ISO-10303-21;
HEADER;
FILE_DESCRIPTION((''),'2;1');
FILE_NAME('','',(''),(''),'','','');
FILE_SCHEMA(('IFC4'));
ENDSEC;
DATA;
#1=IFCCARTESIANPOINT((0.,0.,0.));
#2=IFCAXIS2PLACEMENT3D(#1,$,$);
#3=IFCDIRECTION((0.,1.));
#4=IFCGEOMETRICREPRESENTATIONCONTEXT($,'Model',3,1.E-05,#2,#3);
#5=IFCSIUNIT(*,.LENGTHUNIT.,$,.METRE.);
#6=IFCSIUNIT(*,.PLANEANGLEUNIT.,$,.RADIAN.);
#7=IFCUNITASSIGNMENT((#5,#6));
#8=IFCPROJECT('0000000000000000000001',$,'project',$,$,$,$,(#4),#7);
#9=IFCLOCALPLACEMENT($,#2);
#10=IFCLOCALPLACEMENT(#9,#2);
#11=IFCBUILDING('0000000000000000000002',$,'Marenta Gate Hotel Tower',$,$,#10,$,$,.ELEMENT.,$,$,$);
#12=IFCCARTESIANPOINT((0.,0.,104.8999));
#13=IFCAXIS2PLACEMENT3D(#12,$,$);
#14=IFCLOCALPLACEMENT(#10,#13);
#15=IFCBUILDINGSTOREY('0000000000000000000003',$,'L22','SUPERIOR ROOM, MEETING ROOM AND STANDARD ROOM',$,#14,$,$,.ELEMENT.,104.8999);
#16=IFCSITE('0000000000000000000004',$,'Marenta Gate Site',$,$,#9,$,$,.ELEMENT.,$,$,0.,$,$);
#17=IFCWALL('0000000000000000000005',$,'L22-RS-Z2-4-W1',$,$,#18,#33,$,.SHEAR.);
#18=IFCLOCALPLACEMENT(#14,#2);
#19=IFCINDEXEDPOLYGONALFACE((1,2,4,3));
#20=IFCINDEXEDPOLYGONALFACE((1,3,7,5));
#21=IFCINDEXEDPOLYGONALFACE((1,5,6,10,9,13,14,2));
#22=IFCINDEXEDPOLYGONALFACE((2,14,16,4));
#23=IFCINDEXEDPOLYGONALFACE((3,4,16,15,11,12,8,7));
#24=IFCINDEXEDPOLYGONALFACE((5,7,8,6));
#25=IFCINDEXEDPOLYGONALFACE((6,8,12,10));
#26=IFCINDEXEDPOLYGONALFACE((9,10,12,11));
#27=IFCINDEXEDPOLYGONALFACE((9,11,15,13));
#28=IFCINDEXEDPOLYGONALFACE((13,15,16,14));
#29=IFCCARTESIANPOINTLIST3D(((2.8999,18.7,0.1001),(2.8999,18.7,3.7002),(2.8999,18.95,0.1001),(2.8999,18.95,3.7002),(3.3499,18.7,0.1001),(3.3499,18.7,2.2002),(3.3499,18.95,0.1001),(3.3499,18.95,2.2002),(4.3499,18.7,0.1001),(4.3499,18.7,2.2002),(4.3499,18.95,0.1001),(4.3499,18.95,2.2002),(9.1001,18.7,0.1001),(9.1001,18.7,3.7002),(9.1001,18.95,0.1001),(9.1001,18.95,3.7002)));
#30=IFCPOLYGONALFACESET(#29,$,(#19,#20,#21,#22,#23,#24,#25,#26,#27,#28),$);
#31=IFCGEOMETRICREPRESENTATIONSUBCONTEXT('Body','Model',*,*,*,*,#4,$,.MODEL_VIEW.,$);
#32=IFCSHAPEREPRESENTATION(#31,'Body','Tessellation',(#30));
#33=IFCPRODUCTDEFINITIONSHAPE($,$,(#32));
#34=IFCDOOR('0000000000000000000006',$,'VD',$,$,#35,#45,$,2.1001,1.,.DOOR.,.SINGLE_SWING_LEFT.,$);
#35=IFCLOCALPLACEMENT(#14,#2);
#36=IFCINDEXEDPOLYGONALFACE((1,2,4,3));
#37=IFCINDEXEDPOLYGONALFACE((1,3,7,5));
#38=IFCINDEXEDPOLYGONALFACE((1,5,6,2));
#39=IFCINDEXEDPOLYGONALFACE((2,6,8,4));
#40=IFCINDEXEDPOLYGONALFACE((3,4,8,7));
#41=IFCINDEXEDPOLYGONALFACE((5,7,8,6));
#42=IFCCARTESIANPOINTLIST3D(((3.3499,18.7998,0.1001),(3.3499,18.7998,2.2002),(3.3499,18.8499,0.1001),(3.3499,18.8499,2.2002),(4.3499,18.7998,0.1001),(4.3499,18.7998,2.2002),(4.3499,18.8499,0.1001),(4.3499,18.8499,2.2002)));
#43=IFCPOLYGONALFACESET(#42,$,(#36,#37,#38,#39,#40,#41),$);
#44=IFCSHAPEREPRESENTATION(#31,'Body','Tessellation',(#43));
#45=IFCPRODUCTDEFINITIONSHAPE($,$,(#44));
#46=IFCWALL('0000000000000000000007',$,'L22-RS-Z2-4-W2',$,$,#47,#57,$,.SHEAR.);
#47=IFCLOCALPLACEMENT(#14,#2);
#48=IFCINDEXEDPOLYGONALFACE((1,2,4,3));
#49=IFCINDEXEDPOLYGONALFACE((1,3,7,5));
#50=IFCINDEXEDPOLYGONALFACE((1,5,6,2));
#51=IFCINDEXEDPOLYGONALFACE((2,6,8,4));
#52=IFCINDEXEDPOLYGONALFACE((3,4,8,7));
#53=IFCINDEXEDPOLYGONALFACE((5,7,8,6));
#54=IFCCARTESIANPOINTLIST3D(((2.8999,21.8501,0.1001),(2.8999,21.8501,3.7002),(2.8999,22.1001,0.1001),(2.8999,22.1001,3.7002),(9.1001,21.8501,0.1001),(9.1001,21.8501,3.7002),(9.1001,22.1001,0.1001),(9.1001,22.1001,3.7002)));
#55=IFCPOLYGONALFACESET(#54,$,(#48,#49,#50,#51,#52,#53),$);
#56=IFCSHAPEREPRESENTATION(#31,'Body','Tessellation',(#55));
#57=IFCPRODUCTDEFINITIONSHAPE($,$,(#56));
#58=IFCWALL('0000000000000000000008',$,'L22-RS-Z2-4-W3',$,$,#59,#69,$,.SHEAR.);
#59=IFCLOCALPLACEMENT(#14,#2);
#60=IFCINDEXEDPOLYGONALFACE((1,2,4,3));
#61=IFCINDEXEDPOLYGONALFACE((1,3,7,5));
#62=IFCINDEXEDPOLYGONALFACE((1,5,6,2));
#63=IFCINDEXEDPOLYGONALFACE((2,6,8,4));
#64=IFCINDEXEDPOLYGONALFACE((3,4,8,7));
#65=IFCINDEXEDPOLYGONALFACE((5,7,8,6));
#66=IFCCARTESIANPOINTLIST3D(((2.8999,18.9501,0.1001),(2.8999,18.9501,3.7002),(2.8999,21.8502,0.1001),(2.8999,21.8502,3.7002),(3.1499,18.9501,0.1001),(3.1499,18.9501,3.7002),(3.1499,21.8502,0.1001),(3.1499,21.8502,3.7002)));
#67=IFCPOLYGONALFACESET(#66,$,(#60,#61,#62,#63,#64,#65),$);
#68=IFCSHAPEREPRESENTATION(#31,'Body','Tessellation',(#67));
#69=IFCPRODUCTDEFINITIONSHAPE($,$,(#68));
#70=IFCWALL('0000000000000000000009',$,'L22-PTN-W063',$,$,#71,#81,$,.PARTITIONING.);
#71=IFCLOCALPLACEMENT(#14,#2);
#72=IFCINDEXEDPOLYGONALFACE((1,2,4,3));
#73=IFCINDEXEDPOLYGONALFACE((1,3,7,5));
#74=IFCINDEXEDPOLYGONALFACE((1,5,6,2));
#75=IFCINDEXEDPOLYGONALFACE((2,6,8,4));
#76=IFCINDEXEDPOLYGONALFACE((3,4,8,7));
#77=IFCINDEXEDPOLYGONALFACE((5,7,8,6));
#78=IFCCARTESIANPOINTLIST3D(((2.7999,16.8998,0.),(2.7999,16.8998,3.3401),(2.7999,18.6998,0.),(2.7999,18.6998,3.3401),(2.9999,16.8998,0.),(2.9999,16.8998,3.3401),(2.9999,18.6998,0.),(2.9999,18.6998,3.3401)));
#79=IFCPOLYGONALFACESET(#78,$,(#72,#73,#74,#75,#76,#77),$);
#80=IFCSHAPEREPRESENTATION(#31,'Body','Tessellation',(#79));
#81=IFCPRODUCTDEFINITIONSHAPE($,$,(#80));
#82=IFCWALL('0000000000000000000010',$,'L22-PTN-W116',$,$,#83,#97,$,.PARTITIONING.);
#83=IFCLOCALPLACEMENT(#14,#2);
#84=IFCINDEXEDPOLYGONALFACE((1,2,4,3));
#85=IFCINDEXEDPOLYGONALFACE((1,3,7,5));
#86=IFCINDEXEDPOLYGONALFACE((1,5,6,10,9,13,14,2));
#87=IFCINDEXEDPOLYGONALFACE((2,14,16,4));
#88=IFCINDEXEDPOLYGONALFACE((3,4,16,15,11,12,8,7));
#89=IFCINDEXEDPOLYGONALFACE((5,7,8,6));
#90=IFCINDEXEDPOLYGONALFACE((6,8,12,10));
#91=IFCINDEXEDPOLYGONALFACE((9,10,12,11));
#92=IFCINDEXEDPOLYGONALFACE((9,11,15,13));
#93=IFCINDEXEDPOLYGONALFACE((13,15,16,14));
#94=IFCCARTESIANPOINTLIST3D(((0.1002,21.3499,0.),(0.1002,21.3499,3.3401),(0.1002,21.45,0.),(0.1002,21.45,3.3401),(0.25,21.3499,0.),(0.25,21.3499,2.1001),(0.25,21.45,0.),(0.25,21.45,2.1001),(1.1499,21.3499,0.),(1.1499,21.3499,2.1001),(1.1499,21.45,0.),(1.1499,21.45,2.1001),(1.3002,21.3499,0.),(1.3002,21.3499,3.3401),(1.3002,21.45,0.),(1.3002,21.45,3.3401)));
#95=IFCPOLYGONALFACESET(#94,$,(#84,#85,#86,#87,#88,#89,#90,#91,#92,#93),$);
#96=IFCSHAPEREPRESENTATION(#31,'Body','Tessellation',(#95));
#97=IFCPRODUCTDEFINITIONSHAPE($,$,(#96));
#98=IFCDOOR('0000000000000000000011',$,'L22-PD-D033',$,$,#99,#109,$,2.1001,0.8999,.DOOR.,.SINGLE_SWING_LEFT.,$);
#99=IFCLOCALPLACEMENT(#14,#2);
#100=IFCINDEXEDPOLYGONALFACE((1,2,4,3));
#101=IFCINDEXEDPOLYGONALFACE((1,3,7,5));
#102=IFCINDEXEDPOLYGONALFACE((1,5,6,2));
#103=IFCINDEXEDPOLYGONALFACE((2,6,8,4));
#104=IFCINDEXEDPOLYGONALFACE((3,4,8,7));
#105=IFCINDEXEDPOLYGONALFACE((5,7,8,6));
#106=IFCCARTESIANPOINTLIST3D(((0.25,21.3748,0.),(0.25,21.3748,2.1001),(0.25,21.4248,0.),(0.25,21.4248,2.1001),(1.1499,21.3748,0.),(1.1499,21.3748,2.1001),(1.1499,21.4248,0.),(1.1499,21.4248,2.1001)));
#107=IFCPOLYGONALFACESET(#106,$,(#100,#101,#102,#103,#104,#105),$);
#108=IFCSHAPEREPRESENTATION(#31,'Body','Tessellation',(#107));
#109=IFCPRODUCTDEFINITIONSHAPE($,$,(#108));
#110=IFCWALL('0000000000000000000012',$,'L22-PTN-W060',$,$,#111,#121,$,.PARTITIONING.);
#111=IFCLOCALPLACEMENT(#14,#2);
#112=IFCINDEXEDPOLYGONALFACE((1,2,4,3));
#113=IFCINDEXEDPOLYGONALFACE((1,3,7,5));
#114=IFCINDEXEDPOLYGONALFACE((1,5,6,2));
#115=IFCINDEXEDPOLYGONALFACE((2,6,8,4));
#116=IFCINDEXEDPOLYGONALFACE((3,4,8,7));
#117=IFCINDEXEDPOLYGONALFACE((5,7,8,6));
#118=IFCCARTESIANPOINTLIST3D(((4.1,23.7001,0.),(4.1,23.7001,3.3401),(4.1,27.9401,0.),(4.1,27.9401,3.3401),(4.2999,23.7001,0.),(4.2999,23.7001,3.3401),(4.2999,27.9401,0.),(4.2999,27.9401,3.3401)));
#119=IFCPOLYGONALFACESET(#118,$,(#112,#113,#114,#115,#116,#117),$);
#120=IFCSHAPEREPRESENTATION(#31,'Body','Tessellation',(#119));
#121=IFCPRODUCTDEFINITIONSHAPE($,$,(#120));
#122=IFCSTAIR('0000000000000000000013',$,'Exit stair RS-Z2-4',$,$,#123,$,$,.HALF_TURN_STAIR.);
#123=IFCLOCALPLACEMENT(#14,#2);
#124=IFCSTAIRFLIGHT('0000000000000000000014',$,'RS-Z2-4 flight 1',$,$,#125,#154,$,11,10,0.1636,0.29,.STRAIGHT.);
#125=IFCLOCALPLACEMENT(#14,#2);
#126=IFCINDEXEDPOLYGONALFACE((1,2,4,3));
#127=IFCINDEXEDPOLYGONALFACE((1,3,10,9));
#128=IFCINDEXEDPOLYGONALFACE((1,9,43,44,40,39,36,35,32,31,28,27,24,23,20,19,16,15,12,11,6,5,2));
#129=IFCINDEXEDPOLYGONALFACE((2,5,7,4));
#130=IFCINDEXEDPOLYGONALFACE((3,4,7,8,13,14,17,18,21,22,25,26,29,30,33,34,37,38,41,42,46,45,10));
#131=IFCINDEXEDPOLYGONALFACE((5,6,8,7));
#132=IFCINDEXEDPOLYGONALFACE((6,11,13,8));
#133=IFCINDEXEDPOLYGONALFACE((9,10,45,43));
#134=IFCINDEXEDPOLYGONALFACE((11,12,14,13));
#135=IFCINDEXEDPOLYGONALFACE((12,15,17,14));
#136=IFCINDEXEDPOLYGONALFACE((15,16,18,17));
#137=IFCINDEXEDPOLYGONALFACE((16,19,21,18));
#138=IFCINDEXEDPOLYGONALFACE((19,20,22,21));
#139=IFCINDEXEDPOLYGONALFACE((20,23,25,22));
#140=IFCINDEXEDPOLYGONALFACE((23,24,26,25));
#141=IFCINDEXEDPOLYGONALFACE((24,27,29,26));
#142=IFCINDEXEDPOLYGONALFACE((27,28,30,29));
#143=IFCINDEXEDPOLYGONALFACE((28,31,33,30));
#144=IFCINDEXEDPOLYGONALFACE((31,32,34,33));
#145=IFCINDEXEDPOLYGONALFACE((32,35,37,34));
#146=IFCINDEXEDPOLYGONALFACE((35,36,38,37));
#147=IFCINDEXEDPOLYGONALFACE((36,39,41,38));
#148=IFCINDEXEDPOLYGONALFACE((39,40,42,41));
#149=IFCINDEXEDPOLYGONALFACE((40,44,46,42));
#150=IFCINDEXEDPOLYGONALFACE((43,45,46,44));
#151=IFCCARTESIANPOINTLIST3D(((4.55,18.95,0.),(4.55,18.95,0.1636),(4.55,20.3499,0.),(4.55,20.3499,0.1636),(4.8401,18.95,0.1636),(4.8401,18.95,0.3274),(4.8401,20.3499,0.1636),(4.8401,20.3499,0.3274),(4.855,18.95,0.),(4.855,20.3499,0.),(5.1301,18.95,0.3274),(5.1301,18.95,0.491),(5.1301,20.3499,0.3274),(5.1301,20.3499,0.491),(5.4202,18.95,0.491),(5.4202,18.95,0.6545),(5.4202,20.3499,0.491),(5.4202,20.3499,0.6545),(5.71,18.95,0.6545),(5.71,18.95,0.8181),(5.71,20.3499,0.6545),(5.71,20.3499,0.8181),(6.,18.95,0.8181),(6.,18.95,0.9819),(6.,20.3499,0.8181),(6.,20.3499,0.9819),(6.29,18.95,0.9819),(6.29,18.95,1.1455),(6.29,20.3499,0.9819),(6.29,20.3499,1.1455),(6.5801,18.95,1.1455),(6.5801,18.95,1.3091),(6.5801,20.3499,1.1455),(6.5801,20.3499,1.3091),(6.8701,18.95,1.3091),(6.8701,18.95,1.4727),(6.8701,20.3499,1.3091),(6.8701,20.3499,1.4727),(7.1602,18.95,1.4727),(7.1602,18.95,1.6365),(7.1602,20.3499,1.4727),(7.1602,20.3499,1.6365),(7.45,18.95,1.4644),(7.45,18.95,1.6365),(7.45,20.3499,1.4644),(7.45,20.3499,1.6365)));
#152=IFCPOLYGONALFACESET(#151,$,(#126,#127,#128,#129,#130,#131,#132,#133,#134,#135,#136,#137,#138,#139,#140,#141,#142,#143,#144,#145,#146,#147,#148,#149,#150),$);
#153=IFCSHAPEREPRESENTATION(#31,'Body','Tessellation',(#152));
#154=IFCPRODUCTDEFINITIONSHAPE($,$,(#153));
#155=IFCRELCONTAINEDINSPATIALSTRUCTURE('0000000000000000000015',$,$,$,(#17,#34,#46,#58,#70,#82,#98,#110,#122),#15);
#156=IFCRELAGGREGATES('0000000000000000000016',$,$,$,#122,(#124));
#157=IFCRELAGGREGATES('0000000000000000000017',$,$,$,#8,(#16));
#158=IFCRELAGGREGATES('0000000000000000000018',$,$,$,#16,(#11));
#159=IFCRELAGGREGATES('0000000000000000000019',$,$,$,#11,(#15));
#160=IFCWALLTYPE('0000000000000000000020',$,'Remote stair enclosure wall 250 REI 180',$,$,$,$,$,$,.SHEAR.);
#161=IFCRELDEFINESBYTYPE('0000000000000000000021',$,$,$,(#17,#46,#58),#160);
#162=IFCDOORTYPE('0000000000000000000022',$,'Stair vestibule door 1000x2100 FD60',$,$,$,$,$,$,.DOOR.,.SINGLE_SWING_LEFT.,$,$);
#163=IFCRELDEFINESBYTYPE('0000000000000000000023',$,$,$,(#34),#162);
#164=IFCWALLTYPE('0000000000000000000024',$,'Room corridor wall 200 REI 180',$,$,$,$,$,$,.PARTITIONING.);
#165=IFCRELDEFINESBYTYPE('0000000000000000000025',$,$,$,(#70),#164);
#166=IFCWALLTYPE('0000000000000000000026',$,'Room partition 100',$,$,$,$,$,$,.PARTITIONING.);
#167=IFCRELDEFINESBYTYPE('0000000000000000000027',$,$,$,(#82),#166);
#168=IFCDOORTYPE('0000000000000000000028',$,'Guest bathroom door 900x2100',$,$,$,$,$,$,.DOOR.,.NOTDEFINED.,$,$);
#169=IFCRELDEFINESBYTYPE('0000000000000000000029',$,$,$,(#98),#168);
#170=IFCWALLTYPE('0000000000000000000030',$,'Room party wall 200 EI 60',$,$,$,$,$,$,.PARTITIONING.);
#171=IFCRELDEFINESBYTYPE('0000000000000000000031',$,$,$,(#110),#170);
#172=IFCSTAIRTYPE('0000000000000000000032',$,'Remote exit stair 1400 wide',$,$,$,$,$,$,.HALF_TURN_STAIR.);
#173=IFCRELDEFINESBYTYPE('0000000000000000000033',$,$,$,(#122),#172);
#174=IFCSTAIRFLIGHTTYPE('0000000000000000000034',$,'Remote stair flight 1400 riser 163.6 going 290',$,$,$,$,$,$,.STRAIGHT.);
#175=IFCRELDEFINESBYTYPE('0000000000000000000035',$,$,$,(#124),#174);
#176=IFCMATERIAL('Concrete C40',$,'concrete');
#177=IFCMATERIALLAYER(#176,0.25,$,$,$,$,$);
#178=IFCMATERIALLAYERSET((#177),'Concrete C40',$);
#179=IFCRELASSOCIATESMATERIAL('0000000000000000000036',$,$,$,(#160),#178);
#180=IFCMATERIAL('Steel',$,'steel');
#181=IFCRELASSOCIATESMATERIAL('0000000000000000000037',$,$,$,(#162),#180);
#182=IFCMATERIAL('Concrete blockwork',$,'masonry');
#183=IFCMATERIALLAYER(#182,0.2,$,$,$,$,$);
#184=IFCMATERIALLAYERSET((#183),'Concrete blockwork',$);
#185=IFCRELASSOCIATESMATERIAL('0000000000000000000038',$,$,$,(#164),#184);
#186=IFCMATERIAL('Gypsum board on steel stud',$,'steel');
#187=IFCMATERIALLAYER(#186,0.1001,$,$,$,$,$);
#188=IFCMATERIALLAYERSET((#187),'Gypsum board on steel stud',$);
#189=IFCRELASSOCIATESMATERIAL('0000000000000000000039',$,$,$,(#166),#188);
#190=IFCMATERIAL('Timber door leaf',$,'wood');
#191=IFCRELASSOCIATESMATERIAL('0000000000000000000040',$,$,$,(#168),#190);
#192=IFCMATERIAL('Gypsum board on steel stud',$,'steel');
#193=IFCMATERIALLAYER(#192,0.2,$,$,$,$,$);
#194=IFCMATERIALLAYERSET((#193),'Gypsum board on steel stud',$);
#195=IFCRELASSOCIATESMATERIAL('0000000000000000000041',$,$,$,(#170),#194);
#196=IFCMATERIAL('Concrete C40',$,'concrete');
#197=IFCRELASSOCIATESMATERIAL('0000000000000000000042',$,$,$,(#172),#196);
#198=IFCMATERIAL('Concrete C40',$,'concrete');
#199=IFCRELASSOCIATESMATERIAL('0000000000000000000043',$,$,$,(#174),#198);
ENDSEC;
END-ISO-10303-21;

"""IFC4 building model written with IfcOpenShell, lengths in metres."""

from ifc_helpers import new_model, si_unit, direction, frame, frame_2d, origin, place, context, subcontext, project, spatial, polyline, rectangle, outline, extrude, material, layer, layer_set, type_object, element, fill, aggregate, save


model = new_model("IFC4")

# Units and contexts
model_context = context("Model", 3, precision=1e-05, world=origin(), true_north=direction((0.0, 1.0)))
body_context = subcontext(model_context, "Body", "Model", "MODEL_VIEW")
ifc_project = project(units=[si_unit("LENGTHUNIT", "METRE"), si_unit("PLANEANGLEUNIT", "RADIAN")], contexts=[model_context])

# Site, building, storey
site_placement = place(None, origin())
site = spatial("IfcSite", under=ifc_project, at=site_placement, Name="Marenta Gate Site", CompositionType="ELEMENT", RefElevation=0.0)
building_placement = place(site_placement, origin())
building = spatial("IfcBuilding", under=site, at=building_placement, Name="Marenta Gate Hotel Tower", CompositionType="ELEMENT")
storey_placement = place(building_placement, frame((0.0, 0.0, 104.8999)))
storey = spatial("IfcBuildingStorey", under=building, at=storey_placement, Name="L22", Description="SUPERIOR ROOM, MEETING ROOM AND STANDARD ROOM", CompositionType="ELEMENT", Elevation=104.8999)

# Wall, opening, door
ifc_material_1 = material(Name="Concrete C40", Category="concrete")
ifc_layer_1 = layer(ifc_material_1, 0.25)
ifc_layer_set_1 = layer_set([ifc_layer_1], Name="Concrete C40")
wall_type_1 = type_object("IfcWallType", Name="Remote stair enclosure wall 250 REI 180", PredefinedType="SHEAR", material=ifc_layer_set_1)
wall_1_placement = place(storey_placement, frame((2.8999, 18.825, 0.1001), z_axis=(0.0, 0.0, 1.0), x_axis=(1.0, 0.0, 0.0)))
wall_1 = element("IfcWall", 1, at=wall_1_placement, inside=storey, type_object=wall_type_1, Name="L22-RS-Z2-4-W1", PredefinedType="SHEAR", context=body_context, shape_type="SweptSolid", body=[
    extrude(rectangle(XDim=6.2002, YDim=0.25, at=frame_2d((3.1001, 0.0))), origin(), (0.0, 0.0, 1.0), 3.6001),
])
opening_1_placement = place(wall_1_placement, frame((0.45, 0.0, 0.0)))
opening_1 = element("IfcOpeningElement", 2, at=opening_1_placement, cuts=wall_1, PredefinedType="OPENING", context=body_context, shape_type="SweptSolid", body=[
    extrude(rectangle(XDim=1.0, YDim=2.1001, at=frame_2d((0.5, 1.05))), frame((0.0, 0.125, 0.0), z_axis=(0.0, -1.0, 0.0), x_axis=(1.0, 0.0, 0.0)), (0.0, 0.0, 1.0), 0.25),
])
ifc_material_2 = material(Name="Steel", Category="steel")
door_type_1 = type_object("IfcDoorType", Name="Stair vestibule door 1000x2100 FD60", OperationType="SINGLE_SWING_LEFT", PredefinedType="DOOR", material=ifc_material_2)
door_1_placement = place(opening_1_placement, origin())
door_1 = element("IfcDoor", 3, at=door_1_placement, inside=storey, type_object=door_type_1, Name="VD", OperationType="SINGLE_SWING_LEFT", OverallHeight=2.1001, OverallWidth=1.0, PredefinedType="DOOR", context=body_context, shape_type="SweptSolid", body=[
    extrude(rectangle(XDim=1.0, YDim=2.1001, at=frame_2d((0.5, 1.05))), frame((0.0, 0.0249, 0.0), z_axis=(0.0, -1.0, 0.0), x_axis=(1.0, 0.0, 0.0)), (0.0, 0.0, 1.0), 0.05),
])
fill(opening_1, door_1)

# Walls
wall_2_placement = place(storey_placement, frame((2.8999, 21.9751, 0.1001), z_axis=(0.0, 0.0, 1.0), x_axis=(1.0, 0.0, 0.0)))
element("IfcWall", 4, at=wall_2_placement, inside=storey, type_object=wall_type_1, Name="L22-RS-Z2-4-W2", PredefinedType="SHEAR", context=body_context, shape_type="SweptSolid", body=[
    extrude(rectangle(XDim=6.2002, YDim=0.25, at=frame_2d((3.1001, 0.0))), origin(), (0.0, 0.0, 1.0), 3.6001),
])
wall_3_placement = place(storey_placement, frame((3.0249, 18.95, 0.1001), z_axis=(0.0, 0.0, 1.0), x_axis=(0.0, 1.0, 0.0)))
element("IfcWall", 5, at=wall_3_placement, inside=storey, type_object=wall_type_1, Name="L22-RS-Z2-4-W3", PredefinedType="SHEAR", context=body_context, shape_type="SweptSolid", body=[
    extrude(rectangle(XDim=2.9001, YDim=0.25, at=frame_2d((1.4502, 0.0))), origin(), (0.0, 0.0, 1.0), 3.6001),
])

# Wall
ifc_material_3 = material(Name="Concrete blockwork", Category="masonry")
ifc_layer_2 = layer(ifc_material_3, 0.2)
ifc_layer_set_2 = layer_set([ifc_layer_2], Name="Concrete blockwork")
wall_type_2 = type_object("IfcWallType", Name="Room corridor wall 200 REI 180", PredefinedType="PARTITIONING", material=ifc_layer_set_2)
wall_4_placement = place(storey_placement, frame((2.8999, 16.8999, 0.0), z_axis=(0.0, 0.0, 1.0), x_axis=(0.0, 1.0, 0.0)))
element("IfcWall", 6, at=wall_4_placement, inside=storey, type_object=wall_type_2, Name="L22-PTN-W063", PredefinedType="PARTITIONING", context=body_context, shape_type="SweptSolid", body=[
    extrude(rectangle(XDim=1.8, YDim=0.2, at=frame_2d((0.8999, 0.0))), origin(), (0.0, 0.0, 1.0), 3.3401),
])

# Wall, opening, door
ifc_material_4 = material(Name="Gypsum board on steel stud", Category="steel")
ifc_layer_3 = layer(ifc_material_4, 0.1001)
ifc_layer_set_3 = layer_set([ifc_layer_3], Name="Gypsum board on steel stud")
wall_type_3 = type_object("IfcWallType", Name="Room partition 100", PredefinedType="PARTITIONING", material=ifc_layer_set_3)
wall_5_placement = place(storey_placement, frame((0.1001, 21.3999, 0.0), z_axis=(0.0, 0.0, 1.0), x_axis=(1.0, 0.0, 0.0)))
wall_5 = element("IfcWall", 7, at=wall_5_placement, inside=storey, type_object=wall_type_3, Name="L22-PTN-W116", PredefinedType="PARTITIONING", context=body_context, shape_type="SweptSolid", body=[
    extrude(rectangle(XDim=1.2, YDim=0.1001, at=frame_2d((0.6001, 0.0))), origin(), (0.0, 0.0, 1.0), 3.3401),
])
opening_2_placement = place(wall_5_placement, frame((0.1499, 0.0, 0.0)))
opening_2 = element("IfcOpeningElement", 8, at=opening_2_placement, cuts=wall_5, PredefinedType="OPENING", context=body_context, shape_type="SweptSolid", body=[
    extrude(rectangle(XDim=0.8999, YDim=2.1001, at=frame_2d((0.45, 1.05))), frame((0.0, 0.05, 0.0), z_axis=(0.0, -1.0, 0.0), x_axis=(1.0, 0.0, 0.0)), (0.0, 0.0, 1.0), 0.1001),
])
ifc_material_5 = material(Name="Timber door leaf", Category="wood")
door_type_2 = type_object("IfcDoorType", Name="Guest bathroom door 900x2100", OperationType="NOTDEFINED", PredefinedType="DOOR", material=ifc_material_5)
door_2_placement = place(opening_2_placement, origin())
door_2 = element("IfcDoor", 9, at=door_2_placement, inside=storey, type_object=door_type_2, Name="L22-PD-D033", OperationType="SINGLE_SWING_LEFT", OverallHeight=2.1001, OverallWidth=0.8999, PredefinedType="DOOR", context=body_context, shape_type="SweptSolid", body=[
    extrude(rectangle(XDim=0.8999, YDim=2.1001, at=frame_2d((0.45, 1.05))), frame((0.0, 0.0249, 0.0), z_axis=(0.0, -1.0, 0.0), x_axis=(1.0, 0.0, 0.0)), (0.0, 0.0, 1.0), 0.05),
])
fill(opening_2, door_2)

# Wall
ifc_material_6 = material(Name="Gypsum board on steel stud", Category="steel")
ifc_layer_4 = layer(ifc_material_6, 0.2)
ifc_layer_set_4 = layer_set([ifc_layer_4], Name="Gypsum board on steel stud")
wall_type_4 = type_object("IfcWallType", Name="Room party wall 200 EI 60", PredefinedType="PARTITIONING", material=ifc_layer_set_4)
wall_6_placement = place(storey_placement, frame((4.2, 23.7, 0.0), z_axis=(0.0, 0.0, 1.0), x_axis=(0.0, 1.0, 0.0)))
element("IfcWall", 10, at=wall_6_placement, inside=storey, type_object=wall_type_4, Name="L22-PTN-W060", PredefinedType="PARTITIONING", context=body_context, shape_type="SweptSolid", body=[
    extrude(rectangle(XDim=4.24, YDim=0.2, at=frame_2d((2.1201, 0.0))), origin(), (0.0, 0.0, 1.0), 3.3401),
])

# Stair, stair flight
ifc_material_7 = material(Name="Concrete C40", Category="concrete")
stair_type = type_object("IfcStairType", Name="Remote exit stair 1400 wide", PredefinedType="HALF_TURN_STAIR", material=ifc_material_7)
stair_placement = place(storey_placement, origin())
stair = element("IfcStair", 11, at=stair_placement, inside=storey, type_object=stair_type, Name="Exit stair RS-Z2-4", PredefinedType="HALF_TURN_STAIR")
ifc_material_8 = material(Name="Concrete C40", Category="concrete")
stair_flight_type = type_object("IfcStairFlightType", Name="Remote stair flight 1400 riser 163.6 going 290", PredefinedType="STRAIGHT", material=ifc_material_8)
stair_flight_placement = place(storey_placement, frame((4.55, 19.6499, 0.0), z_axis=(0.0, 0.0, 1.0), x_axis=(1.0, 0.0, 0.0)))
stair_flight = element("IfcStairFlight", 12, at=stair_flight_placement, type_object=stair_flight_type, Name="RS-Z2-4 flight 1", NumberOfRisers=11, NumberOfTreads=10, PredefinedType="STRAIGHT", RiserHeight=0.1636, TreadLength=0.29, context=body_context, shape_type="SweptSolid", body=[
    extrude(outline(polyline([(0.0, 0.0), (0.0, 0.1636), (0.29, 0.1636), (0.29, 0.3274), (0.5801, 0.3274), (0.5801, 0.491), (0.8701, 0.491), (0.8701, 0.6545), (1.1599, 0.6545), (1.1599, 0.8181), (1.45, 0.8181), (1.45, 0.9819), (1.74, 0.9819), (1.74, 1.1455), (2.03, 1.1455), (2.03, 1.3091), (2.3201, 1.3091), (2.3201, 1.4727), (2.6101, 1.4727), (2.6101, 1.6365), (2.8999, 1.6365), (2.8999, 1.8), (2.8999, 1.4644), (0.3049, 0.0), (0.0, 0.0)])), frame((0.0, 0.7, 0.0), z_axis=(0.0, -1.0, 0.0), x_axis=(1.0, 0.0, 0.0)), (0.0, 0.0, 1.0), 1.3999),
])
aggregate(stair, [stair_flight])

save(model, "model.ifc")
